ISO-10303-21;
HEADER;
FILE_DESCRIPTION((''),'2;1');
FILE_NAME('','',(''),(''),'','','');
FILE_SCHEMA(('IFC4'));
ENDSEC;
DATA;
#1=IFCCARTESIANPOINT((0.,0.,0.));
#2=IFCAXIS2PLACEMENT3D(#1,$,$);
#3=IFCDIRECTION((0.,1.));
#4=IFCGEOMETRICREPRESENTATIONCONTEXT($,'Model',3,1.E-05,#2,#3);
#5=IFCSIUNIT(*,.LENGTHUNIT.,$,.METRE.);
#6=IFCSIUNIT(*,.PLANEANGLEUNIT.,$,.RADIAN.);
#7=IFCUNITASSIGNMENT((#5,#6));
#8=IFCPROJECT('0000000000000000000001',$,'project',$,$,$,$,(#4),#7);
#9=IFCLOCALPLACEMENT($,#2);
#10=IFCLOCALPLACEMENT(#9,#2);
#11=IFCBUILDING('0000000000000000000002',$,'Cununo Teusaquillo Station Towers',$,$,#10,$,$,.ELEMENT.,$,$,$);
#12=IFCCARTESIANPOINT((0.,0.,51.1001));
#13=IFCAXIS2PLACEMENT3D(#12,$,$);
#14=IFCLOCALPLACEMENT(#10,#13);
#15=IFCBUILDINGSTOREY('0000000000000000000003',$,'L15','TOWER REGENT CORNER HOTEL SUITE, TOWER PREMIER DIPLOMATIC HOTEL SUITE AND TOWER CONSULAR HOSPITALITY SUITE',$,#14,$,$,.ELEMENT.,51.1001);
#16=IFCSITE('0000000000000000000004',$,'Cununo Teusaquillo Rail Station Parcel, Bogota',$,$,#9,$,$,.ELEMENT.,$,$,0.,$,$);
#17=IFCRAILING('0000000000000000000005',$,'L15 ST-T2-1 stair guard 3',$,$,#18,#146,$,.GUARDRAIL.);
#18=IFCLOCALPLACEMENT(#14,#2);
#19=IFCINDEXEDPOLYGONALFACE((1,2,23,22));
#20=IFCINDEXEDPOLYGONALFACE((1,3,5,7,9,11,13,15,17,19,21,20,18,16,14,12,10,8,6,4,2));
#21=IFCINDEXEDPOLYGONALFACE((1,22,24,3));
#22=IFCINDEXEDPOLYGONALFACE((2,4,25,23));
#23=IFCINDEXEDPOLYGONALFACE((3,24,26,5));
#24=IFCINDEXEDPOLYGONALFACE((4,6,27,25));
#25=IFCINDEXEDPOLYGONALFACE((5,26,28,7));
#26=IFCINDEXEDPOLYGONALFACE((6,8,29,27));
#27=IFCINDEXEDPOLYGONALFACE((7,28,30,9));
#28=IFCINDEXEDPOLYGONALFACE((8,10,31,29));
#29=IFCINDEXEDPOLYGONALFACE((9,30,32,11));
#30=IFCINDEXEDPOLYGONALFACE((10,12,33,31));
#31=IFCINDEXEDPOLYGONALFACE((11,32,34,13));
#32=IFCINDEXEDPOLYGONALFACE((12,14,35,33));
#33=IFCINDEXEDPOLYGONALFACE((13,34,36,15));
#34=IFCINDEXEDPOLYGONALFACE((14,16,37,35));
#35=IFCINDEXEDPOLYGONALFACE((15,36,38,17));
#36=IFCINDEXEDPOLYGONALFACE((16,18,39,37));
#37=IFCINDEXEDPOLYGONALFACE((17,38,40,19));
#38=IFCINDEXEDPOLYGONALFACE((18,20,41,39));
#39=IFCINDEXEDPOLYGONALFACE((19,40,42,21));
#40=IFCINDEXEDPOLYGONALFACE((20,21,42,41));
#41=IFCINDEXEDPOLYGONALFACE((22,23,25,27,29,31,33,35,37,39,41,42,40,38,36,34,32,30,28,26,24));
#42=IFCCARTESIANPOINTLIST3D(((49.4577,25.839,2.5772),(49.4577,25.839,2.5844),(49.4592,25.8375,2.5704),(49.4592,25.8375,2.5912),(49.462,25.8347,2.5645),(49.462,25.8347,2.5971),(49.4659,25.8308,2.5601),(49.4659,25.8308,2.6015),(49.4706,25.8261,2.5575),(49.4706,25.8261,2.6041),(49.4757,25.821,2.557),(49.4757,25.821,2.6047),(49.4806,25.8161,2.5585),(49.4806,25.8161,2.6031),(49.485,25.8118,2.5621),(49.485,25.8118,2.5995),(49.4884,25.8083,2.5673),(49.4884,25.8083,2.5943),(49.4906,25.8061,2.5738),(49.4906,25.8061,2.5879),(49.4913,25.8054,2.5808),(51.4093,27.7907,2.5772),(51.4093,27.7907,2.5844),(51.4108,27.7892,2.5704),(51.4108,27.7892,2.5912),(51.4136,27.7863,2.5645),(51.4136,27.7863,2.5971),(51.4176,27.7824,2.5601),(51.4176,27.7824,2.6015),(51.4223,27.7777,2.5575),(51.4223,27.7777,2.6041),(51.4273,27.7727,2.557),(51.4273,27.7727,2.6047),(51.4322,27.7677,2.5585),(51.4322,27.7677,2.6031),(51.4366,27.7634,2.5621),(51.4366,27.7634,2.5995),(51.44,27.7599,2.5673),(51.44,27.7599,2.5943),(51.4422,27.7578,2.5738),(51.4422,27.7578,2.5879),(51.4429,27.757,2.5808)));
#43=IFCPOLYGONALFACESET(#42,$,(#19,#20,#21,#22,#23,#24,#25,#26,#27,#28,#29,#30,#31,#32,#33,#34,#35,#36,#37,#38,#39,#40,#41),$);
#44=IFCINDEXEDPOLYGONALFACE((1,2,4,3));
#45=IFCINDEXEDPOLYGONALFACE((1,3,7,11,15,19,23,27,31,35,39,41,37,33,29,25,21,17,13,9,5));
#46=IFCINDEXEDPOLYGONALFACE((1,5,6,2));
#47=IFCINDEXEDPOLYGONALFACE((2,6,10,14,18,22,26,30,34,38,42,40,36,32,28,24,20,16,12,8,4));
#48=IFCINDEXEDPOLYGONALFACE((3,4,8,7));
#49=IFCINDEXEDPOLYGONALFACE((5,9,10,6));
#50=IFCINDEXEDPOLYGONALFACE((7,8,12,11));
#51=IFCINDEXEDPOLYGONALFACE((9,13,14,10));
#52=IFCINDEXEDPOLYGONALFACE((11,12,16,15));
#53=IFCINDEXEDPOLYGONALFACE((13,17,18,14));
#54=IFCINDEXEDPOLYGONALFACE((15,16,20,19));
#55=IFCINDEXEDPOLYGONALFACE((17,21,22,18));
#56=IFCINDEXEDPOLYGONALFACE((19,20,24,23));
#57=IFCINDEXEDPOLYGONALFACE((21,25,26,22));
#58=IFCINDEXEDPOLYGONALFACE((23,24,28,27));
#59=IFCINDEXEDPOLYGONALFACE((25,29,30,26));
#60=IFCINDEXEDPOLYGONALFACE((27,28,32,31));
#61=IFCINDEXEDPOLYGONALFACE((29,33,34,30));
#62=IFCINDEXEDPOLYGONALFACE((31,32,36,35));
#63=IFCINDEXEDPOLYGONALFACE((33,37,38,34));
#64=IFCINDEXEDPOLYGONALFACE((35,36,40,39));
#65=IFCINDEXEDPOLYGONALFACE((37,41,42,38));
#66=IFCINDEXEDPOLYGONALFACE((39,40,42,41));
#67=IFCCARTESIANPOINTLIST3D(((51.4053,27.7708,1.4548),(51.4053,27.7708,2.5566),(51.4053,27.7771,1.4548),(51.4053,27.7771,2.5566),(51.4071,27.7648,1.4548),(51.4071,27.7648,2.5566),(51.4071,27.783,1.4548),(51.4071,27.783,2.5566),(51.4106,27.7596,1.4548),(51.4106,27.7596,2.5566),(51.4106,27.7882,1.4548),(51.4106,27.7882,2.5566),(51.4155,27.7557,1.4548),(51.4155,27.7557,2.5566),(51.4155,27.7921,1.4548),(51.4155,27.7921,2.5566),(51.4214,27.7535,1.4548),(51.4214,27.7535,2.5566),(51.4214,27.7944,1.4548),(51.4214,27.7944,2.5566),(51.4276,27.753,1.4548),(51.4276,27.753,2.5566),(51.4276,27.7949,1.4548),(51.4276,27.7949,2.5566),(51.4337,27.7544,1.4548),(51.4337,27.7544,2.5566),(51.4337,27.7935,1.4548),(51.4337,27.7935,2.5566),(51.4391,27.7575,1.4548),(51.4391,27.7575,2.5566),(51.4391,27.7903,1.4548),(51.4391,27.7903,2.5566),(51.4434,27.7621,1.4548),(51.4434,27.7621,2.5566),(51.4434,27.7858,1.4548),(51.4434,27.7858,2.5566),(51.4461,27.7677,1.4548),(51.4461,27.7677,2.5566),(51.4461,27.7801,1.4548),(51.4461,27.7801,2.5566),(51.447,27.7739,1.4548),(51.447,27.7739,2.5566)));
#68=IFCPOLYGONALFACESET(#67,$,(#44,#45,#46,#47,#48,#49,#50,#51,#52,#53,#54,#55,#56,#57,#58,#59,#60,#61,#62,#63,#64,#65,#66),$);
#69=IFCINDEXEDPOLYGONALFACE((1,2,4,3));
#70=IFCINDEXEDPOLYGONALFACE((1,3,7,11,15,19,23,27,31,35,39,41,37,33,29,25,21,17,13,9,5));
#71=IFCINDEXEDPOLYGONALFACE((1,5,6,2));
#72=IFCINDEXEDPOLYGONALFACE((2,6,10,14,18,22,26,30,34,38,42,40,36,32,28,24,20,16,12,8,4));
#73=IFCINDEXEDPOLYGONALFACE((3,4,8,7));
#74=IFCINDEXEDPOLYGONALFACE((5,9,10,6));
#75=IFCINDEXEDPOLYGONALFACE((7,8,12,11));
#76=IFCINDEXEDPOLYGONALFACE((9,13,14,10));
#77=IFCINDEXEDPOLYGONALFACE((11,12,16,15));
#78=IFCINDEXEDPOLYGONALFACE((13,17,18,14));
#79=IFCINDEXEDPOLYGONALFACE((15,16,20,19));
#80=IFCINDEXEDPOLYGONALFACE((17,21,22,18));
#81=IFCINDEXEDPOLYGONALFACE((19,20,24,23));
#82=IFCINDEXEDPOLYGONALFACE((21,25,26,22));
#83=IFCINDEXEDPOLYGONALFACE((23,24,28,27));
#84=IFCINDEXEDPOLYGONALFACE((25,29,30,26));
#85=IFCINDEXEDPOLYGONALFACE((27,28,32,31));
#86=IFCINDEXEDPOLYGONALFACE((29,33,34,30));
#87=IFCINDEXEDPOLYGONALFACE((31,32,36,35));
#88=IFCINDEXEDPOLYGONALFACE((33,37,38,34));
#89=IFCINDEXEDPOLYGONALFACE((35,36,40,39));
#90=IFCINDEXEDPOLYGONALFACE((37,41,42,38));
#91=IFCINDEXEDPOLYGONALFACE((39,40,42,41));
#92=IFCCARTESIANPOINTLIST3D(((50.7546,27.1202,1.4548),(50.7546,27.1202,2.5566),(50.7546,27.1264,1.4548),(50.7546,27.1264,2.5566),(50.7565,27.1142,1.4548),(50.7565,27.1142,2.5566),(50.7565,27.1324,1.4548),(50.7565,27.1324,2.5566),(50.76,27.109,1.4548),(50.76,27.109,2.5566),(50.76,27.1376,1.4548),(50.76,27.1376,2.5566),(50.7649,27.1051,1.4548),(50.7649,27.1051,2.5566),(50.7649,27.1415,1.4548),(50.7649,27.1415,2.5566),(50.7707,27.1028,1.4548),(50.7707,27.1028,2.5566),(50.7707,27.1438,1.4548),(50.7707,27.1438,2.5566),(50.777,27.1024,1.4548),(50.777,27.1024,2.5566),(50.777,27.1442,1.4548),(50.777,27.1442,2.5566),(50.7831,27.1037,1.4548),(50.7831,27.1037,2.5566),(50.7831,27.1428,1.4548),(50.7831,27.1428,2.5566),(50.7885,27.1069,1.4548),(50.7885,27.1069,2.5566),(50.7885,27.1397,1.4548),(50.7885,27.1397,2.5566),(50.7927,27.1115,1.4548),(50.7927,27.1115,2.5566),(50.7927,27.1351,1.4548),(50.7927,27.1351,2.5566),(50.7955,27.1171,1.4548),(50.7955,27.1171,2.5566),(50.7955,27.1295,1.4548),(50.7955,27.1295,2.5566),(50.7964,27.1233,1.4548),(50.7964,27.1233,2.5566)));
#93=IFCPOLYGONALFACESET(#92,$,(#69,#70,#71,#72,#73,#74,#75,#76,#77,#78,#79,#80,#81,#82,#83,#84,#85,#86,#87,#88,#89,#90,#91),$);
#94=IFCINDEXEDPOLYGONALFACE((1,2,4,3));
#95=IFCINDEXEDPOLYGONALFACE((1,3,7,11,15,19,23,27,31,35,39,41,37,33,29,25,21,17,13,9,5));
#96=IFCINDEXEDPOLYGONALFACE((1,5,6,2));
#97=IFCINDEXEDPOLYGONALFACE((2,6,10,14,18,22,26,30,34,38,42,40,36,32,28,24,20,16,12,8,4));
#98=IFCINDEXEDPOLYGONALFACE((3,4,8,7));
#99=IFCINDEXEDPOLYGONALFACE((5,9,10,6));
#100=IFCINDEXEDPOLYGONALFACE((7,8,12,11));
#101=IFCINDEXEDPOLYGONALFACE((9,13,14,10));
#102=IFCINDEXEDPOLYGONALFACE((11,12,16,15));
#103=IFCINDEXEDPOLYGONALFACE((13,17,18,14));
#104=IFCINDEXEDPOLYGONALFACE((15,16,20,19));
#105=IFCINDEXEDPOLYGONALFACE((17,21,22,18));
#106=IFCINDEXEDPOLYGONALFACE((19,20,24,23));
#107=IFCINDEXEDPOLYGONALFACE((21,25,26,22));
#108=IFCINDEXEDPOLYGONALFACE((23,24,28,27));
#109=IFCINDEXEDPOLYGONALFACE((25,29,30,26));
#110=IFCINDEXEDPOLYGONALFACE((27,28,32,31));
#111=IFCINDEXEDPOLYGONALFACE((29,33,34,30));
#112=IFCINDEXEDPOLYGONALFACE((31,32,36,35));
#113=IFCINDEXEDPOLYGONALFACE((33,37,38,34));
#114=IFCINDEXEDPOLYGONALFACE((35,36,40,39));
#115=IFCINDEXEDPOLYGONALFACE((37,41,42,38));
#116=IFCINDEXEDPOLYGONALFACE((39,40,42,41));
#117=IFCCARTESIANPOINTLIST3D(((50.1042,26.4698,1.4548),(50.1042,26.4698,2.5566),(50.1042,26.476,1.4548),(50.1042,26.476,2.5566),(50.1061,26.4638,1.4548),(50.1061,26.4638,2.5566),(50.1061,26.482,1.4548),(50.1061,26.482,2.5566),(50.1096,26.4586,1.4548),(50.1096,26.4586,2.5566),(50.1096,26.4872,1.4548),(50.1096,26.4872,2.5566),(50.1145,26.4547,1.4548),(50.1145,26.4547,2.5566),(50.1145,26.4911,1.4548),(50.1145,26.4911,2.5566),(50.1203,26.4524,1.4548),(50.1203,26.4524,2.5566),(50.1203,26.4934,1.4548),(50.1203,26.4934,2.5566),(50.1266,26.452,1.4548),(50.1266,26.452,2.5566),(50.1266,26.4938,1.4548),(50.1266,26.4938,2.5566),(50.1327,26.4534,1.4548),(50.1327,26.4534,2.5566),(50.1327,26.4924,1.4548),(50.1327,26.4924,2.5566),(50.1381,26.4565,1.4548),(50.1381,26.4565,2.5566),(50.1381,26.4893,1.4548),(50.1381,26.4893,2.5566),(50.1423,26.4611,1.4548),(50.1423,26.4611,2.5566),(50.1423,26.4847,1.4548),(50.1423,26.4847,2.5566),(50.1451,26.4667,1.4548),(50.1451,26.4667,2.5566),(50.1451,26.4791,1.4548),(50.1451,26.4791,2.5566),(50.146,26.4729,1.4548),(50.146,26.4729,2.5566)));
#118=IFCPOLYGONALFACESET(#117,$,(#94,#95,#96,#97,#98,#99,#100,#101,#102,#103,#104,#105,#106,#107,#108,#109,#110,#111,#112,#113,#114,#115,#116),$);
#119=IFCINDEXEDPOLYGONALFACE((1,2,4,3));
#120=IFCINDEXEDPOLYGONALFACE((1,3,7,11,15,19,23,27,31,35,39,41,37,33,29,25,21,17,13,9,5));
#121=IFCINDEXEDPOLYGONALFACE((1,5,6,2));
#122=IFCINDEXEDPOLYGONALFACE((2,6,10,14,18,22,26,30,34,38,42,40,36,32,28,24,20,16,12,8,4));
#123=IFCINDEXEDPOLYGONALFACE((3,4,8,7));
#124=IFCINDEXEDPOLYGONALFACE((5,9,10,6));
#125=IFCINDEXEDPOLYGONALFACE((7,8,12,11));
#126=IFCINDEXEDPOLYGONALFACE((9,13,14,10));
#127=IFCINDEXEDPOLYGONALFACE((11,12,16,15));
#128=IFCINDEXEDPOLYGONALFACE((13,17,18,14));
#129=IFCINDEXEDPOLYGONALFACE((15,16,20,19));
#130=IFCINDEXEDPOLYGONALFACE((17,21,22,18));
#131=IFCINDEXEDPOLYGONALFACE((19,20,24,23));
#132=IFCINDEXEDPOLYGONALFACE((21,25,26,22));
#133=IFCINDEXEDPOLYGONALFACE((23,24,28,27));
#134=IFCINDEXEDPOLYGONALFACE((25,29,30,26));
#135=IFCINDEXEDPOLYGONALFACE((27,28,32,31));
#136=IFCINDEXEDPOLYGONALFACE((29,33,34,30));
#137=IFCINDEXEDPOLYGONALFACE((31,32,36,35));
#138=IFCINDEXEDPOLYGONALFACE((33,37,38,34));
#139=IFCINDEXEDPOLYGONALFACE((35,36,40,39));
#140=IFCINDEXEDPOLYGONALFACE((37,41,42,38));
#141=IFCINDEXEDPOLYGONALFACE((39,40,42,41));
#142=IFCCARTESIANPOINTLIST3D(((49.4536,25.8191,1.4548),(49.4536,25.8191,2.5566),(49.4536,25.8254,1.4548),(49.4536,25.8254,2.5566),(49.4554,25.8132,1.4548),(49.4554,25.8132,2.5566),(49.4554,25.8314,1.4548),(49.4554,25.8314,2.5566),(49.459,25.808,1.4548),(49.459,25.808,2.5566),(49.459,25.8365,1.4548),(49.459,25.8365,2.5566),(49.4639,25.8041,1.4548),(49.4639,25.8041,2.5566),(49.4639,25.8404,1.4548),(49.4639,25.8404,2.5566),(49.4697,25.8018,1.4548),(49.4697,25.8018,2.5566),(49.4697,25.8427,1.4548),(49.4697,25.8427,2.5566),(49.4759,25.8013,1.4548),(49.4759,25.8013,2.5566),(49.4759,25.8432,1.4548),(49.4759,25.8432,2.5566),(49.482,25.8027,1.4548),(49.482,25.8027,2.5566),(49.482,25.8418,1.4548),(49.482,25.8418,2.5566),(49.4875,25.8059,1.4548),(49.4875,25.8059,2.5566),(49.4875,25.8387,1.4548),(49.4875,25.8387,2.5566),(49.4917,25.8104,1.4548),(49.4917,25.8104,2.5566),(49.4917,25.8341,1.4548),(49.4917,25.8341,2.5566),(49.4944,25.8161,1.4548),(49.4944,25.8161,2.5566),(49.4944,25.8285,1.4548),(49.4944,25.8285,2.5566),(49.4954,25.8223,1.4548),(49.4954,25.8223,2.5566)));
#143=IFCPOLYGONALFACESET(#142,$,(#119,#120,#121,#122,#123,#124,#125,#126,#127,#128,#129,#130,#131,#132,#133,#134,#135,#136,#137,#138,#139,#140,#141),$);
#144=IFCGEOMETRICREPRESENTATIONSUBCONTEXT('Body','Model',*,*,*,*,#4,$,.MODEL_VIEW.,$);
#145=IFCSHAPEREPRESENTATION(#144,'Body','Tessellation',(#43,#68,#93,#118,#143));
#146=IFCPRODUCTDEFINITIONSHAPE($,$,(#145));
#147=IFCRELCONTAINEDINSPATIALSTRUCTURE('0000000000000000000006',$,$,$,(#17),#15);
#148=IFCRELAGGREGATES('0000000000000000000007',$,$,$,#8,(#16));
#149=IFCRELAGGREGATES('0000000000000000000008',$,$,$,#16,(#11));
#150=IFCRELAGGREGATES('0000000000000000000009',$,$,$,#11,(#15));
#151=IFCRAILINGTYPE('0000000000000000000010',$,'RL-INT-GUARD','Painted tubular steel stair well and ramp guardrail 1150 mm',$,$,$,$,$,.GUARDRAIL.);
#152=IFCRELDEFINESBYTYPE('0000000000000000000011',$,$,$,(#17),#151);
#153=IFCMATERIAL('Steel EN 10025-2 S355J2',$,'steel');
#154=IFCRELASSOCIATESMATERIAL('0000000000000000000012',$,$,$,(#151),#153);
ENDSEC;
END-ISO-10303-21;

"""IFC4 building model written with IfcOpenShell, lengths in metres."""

from ifc_helpers import new_model, si_unit, direction, frame, origin, origin_2d, place, context, subcontext, project, spatial, circle, extrude, material, type_object, element, save


model = new_model("IFC4")

# Units and contexts
model_context = context("Model", 3, precision=1e-05, world=origin(), true_north=direction((0.0, 1.0)))
body_context = subcontext(model_context, "Body", "Model", "MODEL_VIEW")
ifc_project = project(units=[si_unit("LENGTHUNIT", "METRE"), si_unit("PLANEANGLEUNIT", "RADIAN")], contexts=[model_context])

# Site, building, storey
site_placement = place(None, origin())
site = spatial("IfcSite", under=ifc_project, at=site_placement, Name="Cununo Teusaquillo Rail Station Parcel, Bogota", CompositionType="ELEMENT", RefElevation=0.0)
building_placement = place(site_placement, origin())
building = spatial("IfcBuilding", under=site, at=building_placement, Name="Cununo Teusaquillo Station Towers", CompositionType="ELEMENT")
storey_placement = place(building_placement, frame((0.0, 0.0, 51.1001)))
storey = spatial("IfcBuildingStorey", under=building, at=storey_placement, Name="L15", Description="TOWER REGENT CORNER HOTEL SUITE, TOWER PREMIER DIPLOMATIC HOTEL SUITE AND TOWER CONSULAR HOSPITALITY SUITE", CompositionType="ELEMENT", Elevation=51.1001)

# Railing
ifc_material_1 = material(Name="Steel EN 10025-2 S355J2", Category="steel")
railing_type = type_object("IfcRailingType", Name="RL-INT-GUARD", Description="Painted tubular steel stair well and ramp guardrail 1150 mm", PredefinedType="GUARDRAIL", material=ifc_material_1)
railing_1_placement = place(storey_placement, frame((51.426, 27.7739, 1.4548)))
element("IfcRailing", 1, at=railing_1_placement, inside=storey, type_object=railing_type, Name="L15 ST-T2-1 stair guard 3", PredefinedType="GUARDRAIL", context=body_context, shape_type="SweptSolid", body=[
    extrude(circle(Radius=0.0239, at=origin_2d()), frame((0.0, 0.0, 1.126), z_axis=(-0.707107, -0.707107, 0.0), x_axis=(0.707107, -0.707107, 0.0)), (0.0, 0.0, 1.0), 2.76),
    extrude(circle(Radius=0.021, at=origin_2d()), origin(), (0.0, 0.0, 1.0), 1.1018),
    extrude(circle(Radius=0.021, at=origin_2d()), frame((-0.6506, -0.6506, 0.0)), (0.0, 0.0, 1.0), 1.1018),
    extrude(circle(Radius=0.021, at=origin_2d()), frame((-1.301, -1.301, 0.0)), (0.0, 0.0, 1.0), 1.1018),
    extrude(circle(Radius=0.021, at=origin_2d()), frame((-1.9517, -1.9517, 0.0)), (0.0, 0.0, 1.0), 1.1018),
])

save(model, "model.ifc")
